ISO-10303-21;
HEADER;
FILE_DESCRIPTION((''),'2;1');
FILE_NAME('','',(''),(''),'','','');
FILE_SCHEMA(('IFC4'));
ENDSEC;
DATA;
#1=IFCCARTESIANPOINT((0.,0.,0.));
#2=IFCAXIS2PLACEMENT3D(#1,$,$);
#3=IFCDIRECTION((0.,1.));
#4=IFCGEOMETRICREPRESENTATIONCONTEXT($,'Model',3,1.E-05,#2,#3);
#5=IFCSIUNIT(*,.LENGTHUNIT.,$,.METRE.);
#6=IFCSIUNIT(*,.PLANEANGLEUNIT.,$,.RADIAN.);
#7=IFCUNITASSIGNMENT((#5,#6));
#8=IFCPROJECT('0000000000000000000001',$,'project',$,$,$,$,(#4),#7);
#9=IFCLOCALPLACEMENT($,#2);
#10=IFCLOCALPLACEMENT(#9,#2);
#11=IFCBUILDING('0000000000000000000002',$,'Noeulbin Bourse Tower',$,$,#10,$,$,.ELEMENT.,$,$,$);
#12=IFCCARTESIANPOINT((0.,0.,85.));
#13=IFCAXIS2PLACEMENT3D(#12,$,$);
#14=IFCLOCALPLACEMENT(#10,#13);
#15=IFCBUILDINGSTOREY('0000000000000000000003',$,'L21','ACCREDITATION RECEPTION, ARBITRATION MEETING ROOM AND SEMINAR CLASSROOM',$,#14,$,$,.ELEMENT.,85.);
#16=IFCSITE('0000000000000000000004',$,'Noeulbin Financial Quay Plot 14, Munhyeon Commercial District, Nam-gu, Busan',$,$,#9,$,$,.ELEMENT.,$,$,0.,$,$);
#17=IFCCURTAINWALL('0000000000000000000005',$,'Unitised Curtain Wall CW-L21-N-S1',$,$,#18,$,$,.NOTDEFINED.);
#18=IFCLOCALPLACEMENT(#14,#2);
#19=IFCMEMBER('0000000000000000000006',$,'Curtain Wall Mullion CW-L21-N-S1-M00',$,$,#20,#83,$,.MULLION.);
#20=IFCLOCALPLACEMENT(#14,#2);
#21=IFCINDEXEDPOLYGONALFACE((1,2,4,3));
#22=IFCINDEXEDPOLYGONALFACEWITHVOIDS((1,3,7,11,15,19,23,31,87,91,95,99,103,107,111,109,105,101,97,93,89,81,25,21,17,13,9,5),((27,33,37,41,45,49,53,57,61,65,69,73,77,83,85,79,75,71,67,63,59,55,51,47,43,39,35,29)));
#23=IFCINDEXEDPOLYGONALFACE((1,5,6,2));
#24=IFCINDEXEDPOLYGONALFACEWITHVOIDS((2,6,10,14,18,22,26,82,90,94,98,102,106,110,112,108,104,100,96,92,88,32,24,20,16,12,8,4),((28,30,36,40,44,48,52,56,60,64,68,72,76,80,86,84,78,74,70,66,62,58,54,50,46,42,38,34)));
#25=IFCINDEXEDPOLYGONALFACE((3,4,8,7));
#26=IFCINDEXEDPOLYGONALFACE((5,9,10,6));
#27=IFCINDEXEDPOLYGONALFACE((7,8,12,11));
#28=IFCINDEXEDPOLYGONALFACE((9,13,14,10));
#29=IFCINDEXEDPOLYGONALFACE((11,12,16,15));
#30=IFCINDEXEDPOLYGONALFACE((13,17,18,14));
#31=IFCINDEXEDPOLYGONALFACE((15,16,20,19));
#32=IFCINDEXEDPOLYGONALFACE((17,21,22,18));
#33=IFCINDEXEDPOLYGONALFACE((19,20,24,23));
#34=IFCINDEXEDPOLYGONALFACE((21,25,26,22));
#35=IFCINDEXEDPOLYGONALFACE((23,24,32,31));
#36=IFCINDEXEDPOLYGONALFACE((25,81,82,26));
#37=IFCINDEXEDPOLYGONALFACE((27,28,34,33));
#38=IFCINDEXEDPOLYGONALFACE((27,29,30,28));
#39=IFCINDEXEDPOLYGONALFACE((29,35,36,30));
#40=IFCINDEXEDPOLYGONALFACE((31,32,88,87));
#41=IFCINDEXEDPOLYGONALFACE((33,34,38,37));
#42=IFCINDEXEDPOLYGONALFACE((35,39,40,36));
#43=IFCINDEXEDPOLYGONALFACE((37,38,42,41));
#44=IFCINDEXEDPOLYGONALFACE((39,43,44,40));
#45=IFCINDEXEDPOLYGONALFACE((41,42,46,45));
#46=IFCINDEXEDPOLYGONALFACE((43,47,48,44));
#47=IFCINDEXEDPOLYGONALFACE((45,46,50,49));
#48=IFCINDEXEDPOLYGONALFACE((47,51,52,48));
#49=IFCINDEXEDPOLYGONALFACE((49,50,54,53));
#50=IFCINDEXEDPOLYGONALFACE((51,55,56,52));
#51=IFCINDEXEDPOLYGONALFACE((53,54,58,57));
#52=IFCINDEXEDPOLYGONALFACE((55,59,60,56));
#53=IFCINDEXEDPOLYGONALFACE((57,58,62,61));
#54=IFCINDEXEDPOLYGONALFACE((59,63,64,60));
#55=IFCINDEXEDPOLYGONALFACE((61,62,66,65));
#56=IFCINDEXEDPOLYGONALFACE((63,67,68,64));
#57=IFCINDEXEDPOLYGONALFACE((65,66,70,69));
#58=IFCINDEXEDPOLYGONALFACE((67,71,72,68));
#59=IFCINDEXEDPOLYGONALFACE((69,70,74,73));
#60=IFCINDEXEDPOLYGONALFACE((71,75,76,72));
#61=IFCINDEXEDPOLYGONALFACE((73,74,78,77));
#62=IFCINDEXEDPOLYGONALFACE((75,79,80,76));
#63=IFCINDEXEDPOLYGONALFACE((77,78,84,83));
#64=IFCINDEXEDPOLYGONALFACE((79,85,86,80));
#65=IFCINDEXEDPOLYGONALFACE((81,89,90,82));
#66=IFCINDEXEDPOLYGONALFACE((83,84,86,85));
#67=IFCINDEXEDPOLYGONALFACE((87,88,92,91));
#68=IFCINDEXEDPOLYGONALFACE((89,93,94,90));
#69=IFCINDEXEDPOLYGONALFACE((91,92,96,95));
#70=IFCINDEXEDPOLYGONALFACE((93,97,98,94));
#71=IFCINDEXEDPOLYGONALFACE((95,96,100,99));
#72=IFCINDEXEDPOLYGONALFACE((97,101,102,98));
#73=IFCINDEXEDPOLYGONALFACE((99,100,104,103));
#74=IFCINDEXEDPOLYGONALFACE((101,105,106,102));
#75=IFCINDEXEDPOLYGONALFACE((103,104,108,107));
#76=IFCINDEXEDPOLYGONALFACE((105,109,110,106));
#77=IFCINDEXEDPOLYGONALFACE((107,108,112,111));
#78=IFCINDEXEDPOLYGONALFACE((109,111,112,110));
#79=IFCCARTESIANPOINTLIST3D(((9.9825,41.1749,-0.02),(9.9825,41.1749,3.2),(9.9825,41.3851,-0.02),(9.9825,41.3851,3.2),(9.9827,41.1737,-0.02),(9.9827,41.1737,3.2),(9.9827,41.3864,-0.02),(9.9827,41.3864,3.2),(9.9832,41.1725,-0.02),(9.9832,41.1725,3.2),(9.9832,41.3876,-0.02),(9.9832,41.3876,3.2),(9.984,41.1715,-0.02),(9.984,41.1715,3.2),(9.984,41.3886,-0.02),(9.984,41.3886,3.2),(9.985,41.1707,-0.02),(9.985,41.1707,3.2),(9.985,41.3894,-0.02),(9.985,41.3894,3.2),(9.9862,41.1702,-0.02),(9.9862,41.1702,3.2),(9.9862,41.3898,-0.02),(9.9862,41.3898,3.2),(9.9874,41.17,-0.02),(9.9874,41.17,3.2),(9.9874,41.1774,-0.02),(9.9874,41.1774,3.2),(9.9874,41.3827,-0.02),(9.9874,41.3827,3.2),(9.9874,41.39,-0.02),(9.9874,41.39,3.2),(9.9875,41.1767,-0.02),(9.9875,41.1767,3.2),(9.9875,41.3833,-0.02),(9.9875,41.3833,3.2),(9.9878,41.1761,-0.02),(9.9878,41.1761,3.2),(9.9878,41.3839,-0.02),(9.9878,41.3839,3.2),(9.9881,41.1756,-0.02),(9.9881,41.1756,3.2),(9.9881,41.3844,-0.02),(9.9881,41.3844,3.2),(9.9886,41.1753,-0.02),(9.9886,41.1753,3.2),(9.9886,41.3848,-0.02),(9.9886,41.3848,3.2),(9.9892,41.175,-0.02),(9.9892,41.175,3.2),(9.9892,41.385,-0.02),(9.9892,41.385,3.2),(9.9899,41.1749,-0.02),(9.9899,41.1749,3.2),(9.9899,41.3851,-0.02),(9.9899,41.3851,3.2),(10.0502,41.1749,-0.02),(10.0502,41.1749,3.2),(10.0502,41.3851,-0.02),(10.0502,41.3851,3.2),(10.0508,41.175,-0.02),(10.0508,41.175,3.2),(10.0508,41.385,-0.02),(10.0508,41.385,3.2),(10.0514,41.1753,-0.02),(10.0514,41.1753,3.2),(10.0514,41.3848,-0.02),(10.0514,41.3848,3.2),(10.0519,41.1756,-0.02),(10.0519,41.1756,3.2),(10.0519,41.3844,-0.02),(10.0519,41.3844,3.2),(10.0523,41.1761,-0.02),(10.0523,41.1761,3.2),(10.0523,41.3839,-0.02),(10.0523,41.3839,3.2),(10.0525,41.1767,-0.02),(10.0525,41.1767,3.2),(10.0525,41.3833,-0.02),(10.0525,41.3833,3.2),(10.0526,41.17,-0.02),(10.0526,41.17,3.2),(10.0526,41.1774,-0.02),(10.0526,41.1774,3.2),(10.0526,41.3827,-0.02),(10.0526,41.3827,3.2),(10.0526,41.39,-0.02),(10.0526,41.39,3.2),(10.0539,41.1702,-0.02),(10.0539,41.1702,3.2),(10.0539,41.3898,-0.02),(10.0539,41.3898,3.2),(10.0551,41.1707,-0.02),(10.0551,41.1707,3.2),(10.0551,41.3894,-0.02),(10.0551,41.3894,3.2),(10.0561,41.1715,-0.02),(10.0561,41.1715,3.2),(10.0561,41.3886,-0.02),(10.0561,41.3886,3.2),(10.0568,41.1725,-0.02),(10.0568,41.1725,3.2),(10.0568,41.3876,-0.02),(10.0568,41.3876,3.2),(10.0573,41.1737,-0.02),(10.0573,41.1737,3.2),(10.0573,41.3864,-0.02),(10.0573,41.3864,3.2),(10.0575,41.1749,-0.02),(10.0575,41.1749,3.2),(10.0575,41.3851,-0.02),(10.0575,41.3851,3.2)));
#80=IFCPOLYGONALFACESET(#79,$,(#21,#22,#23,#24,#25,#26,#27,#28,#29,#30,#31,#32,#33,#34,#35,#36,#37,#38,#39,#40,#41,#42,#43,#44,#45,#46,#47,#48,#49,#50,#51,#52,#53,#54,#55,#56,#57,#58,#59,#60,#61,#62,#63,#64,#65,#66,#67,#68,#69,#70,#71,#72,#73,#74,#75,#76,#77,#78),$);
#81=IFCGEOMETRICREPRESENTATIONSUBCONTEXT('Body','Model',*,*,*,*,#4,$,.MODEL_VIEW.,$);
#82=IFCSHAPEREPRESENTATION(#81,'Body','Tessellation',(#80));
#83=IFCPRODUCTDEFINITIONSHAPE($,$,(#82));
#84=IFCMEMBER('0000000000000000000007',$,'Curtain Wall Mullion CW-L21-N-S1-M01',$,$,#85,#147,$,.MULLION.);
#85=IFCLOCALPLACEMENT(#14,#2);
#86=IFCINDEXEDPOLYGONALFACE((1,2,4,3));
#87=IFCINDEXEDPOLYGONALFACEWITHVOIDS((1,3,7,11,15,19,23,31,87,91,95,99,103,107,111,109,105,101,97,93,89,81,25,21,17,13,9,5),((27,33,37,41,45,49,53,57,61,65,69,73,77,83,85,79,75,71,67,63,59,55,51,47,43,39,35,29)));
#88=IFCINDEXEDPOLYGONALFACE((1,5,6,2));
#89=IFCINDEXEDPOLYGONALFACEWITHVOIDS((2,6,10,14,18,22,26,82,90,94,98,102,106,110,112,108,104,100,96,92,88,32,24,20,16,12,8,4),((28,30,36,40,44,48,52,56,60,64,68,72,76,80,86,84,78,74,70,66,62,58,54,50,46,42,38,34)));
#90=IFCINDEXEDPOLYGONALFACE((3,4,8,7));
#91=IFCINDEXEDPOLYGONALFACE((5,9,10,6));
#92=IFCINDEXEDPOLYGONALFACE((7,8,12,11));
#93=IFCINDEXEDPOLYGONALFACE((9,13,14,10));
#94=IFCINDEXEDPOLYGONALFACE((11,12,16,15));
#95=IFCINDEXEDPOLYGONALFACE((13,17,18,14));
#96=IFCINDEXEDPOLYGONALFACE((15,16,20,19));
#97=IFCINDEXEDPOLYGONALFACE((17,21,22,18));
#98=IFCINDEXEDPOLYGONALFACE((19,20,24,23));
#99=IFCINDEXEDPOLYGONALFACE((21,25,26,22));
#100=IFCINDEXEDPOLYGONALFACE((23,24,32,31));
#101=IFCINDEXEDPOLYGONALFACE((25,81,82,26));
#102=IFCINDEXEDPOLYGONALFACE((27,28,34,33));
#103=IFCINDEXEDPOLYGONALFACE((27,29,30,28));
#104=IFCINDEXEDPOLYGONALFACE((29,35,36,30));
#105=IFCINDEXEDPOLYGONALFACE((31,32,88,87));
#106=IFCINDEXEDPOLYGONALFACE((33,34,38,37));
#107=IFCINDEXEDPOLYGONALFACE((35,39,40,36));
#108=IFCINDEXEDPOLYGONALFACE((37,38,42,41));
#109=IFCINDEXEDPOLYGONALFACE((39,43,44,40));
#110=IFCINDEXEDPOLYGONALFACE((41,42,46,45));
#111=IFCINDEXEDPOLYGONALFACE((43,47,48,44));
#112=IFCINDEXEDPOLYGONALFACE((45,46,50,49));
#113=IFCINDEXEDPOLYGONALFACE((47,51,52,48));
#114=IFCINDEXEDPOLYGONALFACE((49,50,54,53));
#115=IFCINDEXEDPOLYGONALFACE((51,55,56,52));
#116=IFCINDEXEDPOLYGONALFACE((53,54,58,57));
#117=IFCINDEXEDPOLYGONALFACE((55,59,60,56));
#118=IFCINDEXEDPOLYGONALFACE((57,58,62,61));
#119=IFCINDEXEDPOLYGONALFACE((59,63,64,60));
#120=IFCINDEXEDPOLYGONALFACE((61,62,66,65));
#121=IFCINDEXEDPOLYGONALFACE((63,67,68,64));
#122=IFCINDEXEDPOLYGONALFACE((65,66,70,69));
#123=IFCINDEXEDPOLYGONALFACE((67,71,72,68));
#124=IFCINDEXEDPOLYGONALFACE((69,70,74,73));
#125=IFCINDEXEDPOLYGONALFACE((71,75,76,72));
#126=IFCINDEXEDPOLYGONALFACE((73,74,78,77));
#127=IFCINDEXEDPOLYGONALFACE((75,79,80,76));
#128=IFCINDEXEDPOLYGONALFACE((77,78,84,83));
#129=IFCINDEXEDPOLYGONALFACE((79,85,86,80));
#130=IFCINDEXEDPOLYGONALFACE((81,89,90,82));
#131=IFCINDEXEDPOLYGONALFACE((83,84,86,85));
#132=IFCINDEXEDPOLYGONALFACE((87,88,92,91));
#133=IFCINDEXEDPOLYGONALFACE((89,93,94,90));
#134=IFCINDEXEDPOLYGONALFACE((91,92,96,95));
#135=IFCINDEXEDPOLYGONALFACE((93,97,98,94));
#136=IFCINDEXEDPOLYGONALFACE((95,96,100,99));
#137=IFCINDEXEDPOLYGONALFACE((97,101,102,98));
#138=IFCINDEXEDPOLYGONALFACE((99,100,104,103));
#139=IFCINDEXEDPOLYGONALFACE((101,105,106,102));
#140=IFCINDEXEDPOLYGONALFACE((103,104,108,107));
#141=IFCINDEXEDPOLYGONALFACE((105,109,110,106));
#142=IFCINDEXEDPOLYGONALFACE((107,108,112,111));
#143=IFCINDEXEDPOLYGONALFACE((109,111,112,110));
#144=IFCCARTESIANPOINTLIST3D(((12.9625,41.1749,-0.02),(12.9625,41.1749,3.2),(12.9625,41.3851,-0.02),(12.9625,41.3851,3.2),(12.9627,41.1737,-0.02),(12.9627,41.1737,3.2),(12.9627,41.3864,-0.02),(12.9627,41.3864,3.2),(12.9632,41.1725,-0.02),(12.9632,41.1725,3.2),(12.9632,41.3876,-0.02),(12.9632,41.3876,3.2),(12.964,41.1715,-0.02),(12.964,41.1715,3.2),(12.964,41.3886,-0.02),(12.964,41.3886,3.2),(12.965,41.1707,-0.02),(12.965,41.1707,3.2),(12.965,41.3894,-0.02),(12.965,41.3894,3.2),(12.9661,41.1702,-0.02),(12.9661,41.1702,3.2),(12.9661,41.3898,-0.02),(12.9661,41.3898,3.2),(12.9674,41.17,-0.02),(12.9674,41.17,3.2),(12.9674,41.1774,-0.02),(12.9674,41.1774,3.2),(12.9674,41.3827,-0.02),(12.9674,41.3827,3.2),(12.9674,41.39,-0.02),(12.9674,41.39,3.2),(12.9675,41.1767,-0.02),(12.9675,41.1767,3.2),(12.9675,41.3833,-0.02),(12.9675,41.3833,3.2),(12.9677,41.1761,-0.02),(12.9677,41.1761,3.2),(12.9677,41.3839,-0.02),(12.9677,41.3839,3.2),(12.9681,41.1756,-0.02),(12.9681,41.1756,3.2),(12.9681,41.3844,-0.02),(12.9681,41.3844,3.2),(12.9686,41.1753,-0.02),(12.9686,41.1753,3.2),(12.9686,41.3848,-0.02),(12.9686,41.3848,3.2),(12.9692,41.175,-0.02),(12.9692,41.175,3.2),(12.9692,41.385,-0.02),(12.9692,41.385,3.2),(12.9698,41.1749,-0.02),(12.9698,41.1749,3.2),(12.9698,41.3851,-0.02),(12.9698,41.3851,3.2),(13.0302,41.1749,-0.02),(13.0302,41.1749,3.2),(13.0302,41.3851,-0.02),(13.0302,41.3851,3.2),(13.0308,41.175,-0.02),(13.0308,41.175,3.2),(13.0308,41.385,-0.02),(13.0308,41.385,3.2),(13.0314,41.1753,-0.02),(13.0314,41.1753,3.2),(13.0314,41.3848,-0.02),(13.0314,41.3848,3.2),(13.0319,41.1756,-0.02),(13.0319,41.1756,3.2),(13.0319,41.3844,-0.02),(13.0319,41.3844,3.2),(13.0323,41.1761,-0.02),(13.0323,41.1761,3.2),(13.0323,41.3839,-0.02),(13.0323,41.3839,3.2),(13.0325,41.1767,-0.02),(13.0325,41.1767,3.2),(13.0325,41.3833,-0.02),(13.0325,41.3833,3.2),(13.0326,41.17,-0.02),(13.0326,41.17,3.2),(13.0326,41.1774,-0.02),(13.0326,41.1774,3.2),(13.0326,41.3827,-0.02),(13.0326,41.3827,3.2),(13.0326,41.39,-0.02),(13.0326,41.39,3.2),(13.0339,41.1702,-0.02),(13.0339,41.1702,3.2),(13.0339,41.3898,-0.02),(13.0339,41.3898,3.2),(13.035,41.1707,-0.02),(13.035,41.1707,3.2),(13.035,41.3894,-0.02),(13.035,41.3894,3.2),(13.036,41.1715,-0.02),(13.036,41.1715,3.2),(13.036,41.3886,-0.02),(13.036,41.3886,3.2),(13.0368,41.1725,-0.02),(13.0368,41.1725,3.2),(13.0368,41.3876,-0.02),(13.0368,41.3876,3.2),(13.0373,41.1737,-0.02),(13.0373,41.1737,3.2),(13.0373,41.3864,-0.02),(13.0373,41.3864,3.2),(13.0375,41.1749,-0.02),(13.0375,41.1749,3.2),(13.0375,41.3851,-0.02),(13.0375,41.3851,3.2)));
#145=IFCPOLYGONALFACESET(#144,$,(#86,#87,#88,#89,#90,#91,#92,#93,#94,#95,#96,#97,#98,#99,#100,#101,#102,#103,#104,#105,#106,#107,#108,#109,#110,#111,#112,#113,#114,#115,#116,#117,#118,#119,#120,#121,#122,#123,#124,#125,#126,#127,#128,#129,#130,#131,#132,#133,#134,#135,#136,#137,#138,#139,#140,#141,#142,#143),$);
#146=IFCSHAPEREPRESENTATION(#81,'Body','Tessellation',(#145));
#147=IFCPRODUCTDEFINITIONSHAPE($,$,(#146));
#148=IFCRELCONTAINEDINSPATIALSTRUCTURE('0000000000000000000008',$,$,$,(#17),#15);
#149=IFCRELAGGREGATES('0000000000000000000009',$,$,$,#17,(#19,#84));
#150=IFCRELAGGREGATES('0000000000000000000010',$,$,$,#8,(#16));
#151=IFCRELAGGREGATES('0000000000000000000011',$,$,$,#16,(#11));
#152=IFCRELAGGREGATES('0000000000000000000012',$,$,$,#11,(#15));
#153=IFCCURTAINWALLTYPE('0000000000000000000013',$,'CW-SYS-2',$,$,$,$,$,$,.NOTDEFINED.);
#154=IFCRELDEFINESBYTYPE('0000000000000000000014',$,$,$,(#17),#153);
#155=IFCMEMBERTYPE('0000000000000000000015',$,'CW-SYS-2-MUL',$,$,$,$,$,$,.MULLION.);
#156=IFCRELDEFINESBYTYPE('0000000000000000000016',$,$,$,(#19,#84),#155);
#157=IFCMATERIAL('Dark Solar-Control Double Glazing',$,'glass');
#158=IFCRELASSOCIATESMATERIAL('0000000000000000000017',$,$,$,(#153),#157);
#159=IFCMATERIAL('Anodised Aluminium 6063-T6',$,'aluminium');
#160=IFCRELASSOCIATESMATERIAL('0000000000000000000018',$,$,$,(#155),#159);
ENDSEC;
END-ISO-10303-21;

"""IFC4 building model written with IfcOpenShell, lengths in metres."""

from ifc_helpers import new_model, si_unit, direction, frame, origin, origin_2d, place, context, subcontext, project, spatial, hollow_rectangle, extrude, material, material_profile, profile_set, type_object, element, aggregate, save


model = new_model("IFC4")

# Units and contexts
model_context = context("Model", 3, precision=1e-05, world=origin(), true_north=direction((0.0, 1.0)))
body_context = subcontext(model_context, "Body", "Model", "MODEL_VIEW")
ifc_project = project(units=[si_unit("LENGTHUNIT", "METRE"), si_unit("PLANEANGLEUNIT", "RADIAN")], contexts=[model_context])

# Site, building, storey
site_placement = place(None, origin())
site = spatial("IfcSite", under=ifc_project, at=site_placement, Name="Noeulbin Financial Quay Plot 14, Munhyeon Commercial District, Nam-gu, Busan", CompositionType="ELEMENT", RefElevation=0.0)
building_placement = place(site_placement, origin())
building = spatial("IfcBuilding", under=site, at=building_placement, Name="Noeulbin Bourse Tower", CompositionType="ELEMENT")
storey_placement = place(building_placement, frame((0.0, 0.0, 85.0)))
storey = spatial("IfcBuildingStorey", under=building, at=storey_placement, Name="L21", Description="ACCREDITATION RECEPTION, ARBITRATION MEETING ROOM AND SEMINAR CLASSROOM", CompositionType="ELEMENT", Elevation=85.0)

# Curtain wall, members
ifc_material_1 = material(Name="Dark Solar-Control Double Glazing", Category="glass")
curtain_wall_type = type_object("IfcCurtainWallType", Name="CW-SYS-2", PredefinedType="NOTDEFINED", material=ifc_material_1)
curtain_wall_1_placement = place(storey_placement, origin())
curtain_wall_1 = element("IfcCurtainWall", 1, at=curtain_wall_1_placement, inside=storey, type_object=curtain_wall_type, Name="Unitised Curtain Wall CW-L21-N-S1", PredefinedType="NOTDEFINED")
ifc_material_2 = material(Name="Anodised Aluminium 6063-T6", Category="aluminium")
ifc_material_profile_1 = material_profile(ifc_material_2, hollow_rectangle(XDim=0.075, YDim=0.22, WallThickness=0.0049, InnerFilletRadius=0.0024, OuterFilletRadius=0.0049, at=origin_2d()), Name="ALU-MULL-75x220x5", Category="LoadBearing")
ifc_profile_set_1 = profile_set([ifc_material_profile_1], Name="Anodised Aluminium 6063-T6")
member_type_1 = type_object("IfcMemberType", Name="CW-SYS-2-MUL", PredefinedType="MULLION", material=ifc_profile_set_1)
member_1_placement = place(storey_placement, frame((10.02, 41.28, -0.02), z_axis=(0.0, 0.0, 1.0), x_axis=(1.0, 0.0, 0.0)))
member_1 = element("IfcMember", 2, at=member_1_placement, type_object=member_type_1, Name="Curtain Wall Mullion CW-L21-N-S1-M00", PredefinedType="MULLION", context=body_context, shape_type="SweptSolid", body=[
    extrude(hollow_rectangle(XDim=0.075, YDim=0.22, WallThickness=0.0049, InnerFilletRadius=0.0024, OuterFilletRadius=0.0049, at=origin_2d()), origin(), (0.0, 0.0, 1.0), 3.22),
])
member_2_placement = place(storey_placement, frame((13.0, 41.28, -0.02), z_axis=(0.0, 0.0, 1.0), x_axis=(1.0, 0.0, 0.0)))
member_2 = element("IfcMember", 3, at=member_2_placement, type_object=member_type_1, Name="Curtain Wall Mullion CW-L21-N-S1-M01", PredefinedType="MULLION", context=body_context, shape_type="SweptSolid", body=[
    extrude(hollow_rectangle(XDim=0.075, YDim=0.22, WallThickness=0.0049, InnerFilletRadius=0.0024, OuterFilletRadius=0.0049, at=origin_2d()), origin(), (0.0, 0.0, 1.0), 3.22),
])

aggregate(curtain_wall_1, [member_1, member_2])

save(model, "model.ifc")
